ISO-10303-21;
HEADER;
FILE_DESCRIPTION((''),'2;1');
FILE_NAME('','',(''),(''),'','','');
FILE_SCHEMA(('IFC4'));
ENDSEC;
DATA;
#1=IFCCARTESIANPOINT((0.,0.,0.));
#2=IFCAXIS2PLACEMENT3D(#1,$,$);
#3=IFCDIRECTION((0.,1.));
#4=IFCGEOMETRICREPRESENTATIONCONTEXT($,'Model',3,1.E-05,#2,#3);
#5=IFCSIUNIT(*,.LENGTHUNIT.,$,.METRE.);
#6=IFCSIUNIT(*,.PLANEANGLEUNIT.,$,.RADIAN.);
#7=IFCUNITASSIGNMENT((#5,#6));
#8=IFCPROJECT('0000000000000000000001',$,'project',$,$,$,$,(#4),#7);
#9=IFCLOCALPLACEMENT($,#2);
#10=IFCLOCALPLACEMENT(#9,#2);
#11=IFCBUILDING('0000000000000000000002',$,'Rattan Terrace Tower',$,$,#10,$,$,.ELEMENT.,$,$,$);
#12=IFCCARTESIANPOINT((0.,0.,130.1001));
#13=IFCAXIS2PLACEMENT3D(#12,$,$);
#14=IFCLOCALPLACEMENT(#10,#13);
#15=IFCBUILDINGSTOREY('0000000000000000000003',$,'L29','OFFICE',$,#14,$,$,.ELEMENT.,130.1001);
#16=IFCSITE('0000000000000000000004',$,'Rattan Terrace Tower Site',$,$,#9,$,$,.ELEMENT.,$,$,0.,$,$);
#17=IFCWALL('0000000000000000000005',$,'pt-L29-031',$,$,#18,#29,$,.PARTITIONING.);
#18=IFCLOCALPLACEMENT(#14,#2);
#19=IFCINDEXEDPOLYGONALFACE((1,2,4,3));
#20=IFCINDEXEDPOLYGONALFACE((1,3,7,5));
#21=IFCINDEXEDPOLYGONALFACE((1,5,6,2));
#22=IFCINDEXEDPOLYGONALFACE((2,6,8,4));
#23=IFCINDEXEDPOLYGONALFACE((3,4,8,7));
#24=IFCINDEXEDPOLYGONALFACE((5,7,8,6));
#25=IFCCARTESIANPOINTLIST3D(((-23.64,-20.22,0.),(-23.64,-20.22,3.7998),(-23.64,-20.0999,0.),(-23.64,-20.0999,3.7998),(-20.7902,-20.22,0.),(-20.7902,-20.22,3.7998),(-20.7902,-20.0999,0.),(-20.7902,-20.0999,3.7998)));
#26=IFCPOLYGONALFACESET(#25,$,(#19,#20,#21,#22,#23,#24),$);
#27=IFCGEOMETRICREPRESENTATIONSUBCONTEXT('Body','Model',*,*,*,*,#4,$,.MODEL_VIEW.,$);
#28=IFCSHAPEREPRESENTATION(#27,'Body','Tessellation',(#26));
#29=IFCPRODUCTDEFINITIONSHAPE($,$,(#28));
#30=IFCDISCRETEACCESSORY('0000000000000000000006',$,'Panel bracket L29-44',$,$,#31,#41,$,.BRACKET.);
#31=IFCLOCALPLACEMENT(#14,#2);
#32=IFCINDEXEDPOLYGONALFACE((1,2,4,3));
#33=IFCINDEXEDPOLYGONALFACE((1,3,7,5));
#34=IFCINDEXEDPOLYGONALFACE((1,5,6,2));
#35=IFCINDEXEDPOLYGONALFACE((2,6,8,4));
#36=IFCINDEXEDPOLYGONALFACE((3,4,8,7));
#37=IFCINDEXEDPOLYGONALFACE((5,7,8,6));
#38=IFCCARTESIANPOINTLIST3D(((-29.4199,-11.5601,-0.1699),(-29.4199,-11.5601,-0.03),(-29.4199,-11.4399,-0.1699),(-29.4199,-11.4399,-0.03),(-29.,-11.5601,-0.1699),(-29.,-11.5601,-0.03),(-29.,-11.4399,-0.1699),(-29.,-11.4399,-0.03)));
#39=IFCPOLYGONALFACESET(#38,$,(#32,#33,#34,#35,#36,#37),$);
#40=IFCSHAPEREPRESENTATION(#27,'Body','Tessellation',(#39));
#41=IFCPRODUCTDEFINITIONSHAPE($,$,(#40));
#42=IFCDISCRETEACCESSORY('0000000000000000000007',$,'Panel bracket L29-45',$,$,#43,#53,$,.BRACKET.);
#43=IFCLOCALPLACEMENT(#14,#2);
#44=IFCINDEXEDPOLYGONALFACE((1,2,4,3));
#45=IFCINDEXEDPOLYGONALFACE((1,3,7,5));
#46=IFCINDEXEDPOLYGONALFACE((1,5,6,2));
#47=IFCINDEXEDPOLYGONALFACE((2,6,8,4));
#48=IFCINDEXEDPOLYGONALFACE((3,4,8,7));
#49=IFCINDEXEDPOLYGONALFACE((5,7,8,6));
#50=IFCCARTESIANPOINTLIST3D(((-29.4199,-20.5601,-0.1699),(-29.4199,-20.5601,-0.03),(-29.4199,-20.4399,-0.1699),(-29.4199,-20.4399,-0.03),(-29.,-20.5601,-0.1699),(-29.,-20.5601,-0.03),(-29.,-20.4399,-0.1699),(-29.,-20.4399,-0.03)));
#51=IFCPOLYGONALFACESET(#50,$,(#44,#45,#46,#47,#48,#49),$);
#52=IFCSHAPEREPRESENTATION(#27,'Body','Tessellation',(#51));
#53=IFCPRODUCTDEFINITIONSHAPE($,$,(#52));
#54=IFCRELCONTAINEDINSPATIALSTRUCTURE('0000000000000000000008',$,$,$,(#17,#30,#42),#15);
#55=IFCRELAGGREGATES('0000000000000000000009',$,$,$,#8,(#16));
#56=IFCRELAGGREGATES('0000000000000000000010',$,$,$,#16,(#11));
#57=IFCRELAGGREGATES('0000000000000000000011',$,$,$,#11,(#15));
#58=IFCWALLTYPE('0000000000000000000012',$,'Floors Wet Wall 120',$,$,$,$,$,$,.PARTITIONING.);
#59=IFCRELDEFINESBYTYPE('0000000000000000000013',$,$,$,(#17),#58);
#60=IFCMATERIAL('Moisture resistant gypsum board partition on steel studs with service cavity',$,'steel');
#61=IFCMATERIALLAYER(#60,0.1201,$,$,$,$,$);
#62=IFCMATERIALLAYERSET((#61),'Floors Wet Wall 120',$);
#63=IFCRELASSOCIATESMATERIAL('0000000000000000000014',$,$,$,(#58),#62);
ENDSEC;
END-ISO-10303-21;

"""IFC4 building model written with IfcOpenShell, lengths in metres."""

from ifc_helpers import new_model, si_unit, direction, frame, frame_2d, origin, origin_2d, place, context, subcontext, project, spatial, rectangle, extrude, material, layer, layer_set, type_object, element, save


model = new_model("IFC4")

# Units and contexts
model_context = context("Model", 3, precision=1e-05, world=origin(), true_north=direction((0.0, 1.0)))
body_context = subcontext(model_context, "Body", "Model", "MODEL_VIEW")
ifc_project = project(units=[si_unit("LENGTHUNIT", "METRE"), si_unit("PLANEANGLEUNIT", "RADIAN")], contexts=[model_context])

# Site, building, storey
site_placement = place(None, origin())
site = spatial("IfcSite", under=ifc_project, at=site_placement, Name="Rattan Terrace Tower Site", CompositionType="ELEMENT", RefElevation=0.0)
building_placement = place(site_placement, origin())
building = spatial("IfcBuilding", under=site, at=building_placement, Name="Rattan Terrace Tower", CompositionType="ELEMENT")
storey_placement = place(building_placement, frame((0.0, 0.0, 130.1001)))
storey = spatial("IfcBuildingStorey", under=building, at=storey_placement, Name="L29", Description="OFFICE", CompositionType="ELEMENT", Elevation=130.1001)

# Shared definitions
ifc_material_1 = material(Name="Moisture resistant gypsum board partition on steel studs with service cavity", Category="steel")
ifc_layer_1 = layer(ifc_material_1, 0.1201)
ifc_layer_set_1 = layer_set([ifc_layer_1], Name="Floors Wet Wall 120")
wall_type_1 = type_object("IfcWallType", Name="Floors Wet Wall 120", PredefinedType="PARTITIONING", material=ifc_layer_set_1)

# Wall
wall_1_placement = place(storey_placement, frame((-23.6399, -20.1599, 0.0), z_axis=(0.0, 0.0, 1.0), x_axis=(1.0, 0.0, 0.0)))
element("IfcWall", 1, at=wall_1_placement, inside=storey, type_object=wall_type_1, Name="pt-L29-031", PredefinedType="PARTITIONING", context=body_context, shape_type="SweptSolid", body=[
    extrude(rectangle(XDim=2.8499, YDim=0.1201, at=frame_2d((1.4248, 0.0))), origin(), (0.0, 0.0, 1.0), 3.7998),
])

# Discrete accessories
for number, where, z_axis, x_axis, name in (
    (2, (-29.21, -11.5, -0.1699), (0.0, 0.0, 1.0), (0.0, -1.0, 0.0), "Panel bracket L29-44"),
    (3, (-29.21, -20.5, -0.1699), (0.0, 0.0, 1.0), (0.0, -1.0, 0.0), "Panel bracket L29-45"),
):
    element("IfcDiscreteAccessory", number, at=place(storey_placement, frame(where, z_axis=z_axis, x_axis=x_axis)), inside=storey, Name=name, PredefinedType="BRACKET", context=body_context, shape_type="SweptSolid", body=[
        extrude(rectangle(XDim=0.1201, YDim=0.4199, at=origin_2d()), origin(), (0.0, 0.0, 1.0), 0.1399),
    ])

save(model, "model.ifc")
